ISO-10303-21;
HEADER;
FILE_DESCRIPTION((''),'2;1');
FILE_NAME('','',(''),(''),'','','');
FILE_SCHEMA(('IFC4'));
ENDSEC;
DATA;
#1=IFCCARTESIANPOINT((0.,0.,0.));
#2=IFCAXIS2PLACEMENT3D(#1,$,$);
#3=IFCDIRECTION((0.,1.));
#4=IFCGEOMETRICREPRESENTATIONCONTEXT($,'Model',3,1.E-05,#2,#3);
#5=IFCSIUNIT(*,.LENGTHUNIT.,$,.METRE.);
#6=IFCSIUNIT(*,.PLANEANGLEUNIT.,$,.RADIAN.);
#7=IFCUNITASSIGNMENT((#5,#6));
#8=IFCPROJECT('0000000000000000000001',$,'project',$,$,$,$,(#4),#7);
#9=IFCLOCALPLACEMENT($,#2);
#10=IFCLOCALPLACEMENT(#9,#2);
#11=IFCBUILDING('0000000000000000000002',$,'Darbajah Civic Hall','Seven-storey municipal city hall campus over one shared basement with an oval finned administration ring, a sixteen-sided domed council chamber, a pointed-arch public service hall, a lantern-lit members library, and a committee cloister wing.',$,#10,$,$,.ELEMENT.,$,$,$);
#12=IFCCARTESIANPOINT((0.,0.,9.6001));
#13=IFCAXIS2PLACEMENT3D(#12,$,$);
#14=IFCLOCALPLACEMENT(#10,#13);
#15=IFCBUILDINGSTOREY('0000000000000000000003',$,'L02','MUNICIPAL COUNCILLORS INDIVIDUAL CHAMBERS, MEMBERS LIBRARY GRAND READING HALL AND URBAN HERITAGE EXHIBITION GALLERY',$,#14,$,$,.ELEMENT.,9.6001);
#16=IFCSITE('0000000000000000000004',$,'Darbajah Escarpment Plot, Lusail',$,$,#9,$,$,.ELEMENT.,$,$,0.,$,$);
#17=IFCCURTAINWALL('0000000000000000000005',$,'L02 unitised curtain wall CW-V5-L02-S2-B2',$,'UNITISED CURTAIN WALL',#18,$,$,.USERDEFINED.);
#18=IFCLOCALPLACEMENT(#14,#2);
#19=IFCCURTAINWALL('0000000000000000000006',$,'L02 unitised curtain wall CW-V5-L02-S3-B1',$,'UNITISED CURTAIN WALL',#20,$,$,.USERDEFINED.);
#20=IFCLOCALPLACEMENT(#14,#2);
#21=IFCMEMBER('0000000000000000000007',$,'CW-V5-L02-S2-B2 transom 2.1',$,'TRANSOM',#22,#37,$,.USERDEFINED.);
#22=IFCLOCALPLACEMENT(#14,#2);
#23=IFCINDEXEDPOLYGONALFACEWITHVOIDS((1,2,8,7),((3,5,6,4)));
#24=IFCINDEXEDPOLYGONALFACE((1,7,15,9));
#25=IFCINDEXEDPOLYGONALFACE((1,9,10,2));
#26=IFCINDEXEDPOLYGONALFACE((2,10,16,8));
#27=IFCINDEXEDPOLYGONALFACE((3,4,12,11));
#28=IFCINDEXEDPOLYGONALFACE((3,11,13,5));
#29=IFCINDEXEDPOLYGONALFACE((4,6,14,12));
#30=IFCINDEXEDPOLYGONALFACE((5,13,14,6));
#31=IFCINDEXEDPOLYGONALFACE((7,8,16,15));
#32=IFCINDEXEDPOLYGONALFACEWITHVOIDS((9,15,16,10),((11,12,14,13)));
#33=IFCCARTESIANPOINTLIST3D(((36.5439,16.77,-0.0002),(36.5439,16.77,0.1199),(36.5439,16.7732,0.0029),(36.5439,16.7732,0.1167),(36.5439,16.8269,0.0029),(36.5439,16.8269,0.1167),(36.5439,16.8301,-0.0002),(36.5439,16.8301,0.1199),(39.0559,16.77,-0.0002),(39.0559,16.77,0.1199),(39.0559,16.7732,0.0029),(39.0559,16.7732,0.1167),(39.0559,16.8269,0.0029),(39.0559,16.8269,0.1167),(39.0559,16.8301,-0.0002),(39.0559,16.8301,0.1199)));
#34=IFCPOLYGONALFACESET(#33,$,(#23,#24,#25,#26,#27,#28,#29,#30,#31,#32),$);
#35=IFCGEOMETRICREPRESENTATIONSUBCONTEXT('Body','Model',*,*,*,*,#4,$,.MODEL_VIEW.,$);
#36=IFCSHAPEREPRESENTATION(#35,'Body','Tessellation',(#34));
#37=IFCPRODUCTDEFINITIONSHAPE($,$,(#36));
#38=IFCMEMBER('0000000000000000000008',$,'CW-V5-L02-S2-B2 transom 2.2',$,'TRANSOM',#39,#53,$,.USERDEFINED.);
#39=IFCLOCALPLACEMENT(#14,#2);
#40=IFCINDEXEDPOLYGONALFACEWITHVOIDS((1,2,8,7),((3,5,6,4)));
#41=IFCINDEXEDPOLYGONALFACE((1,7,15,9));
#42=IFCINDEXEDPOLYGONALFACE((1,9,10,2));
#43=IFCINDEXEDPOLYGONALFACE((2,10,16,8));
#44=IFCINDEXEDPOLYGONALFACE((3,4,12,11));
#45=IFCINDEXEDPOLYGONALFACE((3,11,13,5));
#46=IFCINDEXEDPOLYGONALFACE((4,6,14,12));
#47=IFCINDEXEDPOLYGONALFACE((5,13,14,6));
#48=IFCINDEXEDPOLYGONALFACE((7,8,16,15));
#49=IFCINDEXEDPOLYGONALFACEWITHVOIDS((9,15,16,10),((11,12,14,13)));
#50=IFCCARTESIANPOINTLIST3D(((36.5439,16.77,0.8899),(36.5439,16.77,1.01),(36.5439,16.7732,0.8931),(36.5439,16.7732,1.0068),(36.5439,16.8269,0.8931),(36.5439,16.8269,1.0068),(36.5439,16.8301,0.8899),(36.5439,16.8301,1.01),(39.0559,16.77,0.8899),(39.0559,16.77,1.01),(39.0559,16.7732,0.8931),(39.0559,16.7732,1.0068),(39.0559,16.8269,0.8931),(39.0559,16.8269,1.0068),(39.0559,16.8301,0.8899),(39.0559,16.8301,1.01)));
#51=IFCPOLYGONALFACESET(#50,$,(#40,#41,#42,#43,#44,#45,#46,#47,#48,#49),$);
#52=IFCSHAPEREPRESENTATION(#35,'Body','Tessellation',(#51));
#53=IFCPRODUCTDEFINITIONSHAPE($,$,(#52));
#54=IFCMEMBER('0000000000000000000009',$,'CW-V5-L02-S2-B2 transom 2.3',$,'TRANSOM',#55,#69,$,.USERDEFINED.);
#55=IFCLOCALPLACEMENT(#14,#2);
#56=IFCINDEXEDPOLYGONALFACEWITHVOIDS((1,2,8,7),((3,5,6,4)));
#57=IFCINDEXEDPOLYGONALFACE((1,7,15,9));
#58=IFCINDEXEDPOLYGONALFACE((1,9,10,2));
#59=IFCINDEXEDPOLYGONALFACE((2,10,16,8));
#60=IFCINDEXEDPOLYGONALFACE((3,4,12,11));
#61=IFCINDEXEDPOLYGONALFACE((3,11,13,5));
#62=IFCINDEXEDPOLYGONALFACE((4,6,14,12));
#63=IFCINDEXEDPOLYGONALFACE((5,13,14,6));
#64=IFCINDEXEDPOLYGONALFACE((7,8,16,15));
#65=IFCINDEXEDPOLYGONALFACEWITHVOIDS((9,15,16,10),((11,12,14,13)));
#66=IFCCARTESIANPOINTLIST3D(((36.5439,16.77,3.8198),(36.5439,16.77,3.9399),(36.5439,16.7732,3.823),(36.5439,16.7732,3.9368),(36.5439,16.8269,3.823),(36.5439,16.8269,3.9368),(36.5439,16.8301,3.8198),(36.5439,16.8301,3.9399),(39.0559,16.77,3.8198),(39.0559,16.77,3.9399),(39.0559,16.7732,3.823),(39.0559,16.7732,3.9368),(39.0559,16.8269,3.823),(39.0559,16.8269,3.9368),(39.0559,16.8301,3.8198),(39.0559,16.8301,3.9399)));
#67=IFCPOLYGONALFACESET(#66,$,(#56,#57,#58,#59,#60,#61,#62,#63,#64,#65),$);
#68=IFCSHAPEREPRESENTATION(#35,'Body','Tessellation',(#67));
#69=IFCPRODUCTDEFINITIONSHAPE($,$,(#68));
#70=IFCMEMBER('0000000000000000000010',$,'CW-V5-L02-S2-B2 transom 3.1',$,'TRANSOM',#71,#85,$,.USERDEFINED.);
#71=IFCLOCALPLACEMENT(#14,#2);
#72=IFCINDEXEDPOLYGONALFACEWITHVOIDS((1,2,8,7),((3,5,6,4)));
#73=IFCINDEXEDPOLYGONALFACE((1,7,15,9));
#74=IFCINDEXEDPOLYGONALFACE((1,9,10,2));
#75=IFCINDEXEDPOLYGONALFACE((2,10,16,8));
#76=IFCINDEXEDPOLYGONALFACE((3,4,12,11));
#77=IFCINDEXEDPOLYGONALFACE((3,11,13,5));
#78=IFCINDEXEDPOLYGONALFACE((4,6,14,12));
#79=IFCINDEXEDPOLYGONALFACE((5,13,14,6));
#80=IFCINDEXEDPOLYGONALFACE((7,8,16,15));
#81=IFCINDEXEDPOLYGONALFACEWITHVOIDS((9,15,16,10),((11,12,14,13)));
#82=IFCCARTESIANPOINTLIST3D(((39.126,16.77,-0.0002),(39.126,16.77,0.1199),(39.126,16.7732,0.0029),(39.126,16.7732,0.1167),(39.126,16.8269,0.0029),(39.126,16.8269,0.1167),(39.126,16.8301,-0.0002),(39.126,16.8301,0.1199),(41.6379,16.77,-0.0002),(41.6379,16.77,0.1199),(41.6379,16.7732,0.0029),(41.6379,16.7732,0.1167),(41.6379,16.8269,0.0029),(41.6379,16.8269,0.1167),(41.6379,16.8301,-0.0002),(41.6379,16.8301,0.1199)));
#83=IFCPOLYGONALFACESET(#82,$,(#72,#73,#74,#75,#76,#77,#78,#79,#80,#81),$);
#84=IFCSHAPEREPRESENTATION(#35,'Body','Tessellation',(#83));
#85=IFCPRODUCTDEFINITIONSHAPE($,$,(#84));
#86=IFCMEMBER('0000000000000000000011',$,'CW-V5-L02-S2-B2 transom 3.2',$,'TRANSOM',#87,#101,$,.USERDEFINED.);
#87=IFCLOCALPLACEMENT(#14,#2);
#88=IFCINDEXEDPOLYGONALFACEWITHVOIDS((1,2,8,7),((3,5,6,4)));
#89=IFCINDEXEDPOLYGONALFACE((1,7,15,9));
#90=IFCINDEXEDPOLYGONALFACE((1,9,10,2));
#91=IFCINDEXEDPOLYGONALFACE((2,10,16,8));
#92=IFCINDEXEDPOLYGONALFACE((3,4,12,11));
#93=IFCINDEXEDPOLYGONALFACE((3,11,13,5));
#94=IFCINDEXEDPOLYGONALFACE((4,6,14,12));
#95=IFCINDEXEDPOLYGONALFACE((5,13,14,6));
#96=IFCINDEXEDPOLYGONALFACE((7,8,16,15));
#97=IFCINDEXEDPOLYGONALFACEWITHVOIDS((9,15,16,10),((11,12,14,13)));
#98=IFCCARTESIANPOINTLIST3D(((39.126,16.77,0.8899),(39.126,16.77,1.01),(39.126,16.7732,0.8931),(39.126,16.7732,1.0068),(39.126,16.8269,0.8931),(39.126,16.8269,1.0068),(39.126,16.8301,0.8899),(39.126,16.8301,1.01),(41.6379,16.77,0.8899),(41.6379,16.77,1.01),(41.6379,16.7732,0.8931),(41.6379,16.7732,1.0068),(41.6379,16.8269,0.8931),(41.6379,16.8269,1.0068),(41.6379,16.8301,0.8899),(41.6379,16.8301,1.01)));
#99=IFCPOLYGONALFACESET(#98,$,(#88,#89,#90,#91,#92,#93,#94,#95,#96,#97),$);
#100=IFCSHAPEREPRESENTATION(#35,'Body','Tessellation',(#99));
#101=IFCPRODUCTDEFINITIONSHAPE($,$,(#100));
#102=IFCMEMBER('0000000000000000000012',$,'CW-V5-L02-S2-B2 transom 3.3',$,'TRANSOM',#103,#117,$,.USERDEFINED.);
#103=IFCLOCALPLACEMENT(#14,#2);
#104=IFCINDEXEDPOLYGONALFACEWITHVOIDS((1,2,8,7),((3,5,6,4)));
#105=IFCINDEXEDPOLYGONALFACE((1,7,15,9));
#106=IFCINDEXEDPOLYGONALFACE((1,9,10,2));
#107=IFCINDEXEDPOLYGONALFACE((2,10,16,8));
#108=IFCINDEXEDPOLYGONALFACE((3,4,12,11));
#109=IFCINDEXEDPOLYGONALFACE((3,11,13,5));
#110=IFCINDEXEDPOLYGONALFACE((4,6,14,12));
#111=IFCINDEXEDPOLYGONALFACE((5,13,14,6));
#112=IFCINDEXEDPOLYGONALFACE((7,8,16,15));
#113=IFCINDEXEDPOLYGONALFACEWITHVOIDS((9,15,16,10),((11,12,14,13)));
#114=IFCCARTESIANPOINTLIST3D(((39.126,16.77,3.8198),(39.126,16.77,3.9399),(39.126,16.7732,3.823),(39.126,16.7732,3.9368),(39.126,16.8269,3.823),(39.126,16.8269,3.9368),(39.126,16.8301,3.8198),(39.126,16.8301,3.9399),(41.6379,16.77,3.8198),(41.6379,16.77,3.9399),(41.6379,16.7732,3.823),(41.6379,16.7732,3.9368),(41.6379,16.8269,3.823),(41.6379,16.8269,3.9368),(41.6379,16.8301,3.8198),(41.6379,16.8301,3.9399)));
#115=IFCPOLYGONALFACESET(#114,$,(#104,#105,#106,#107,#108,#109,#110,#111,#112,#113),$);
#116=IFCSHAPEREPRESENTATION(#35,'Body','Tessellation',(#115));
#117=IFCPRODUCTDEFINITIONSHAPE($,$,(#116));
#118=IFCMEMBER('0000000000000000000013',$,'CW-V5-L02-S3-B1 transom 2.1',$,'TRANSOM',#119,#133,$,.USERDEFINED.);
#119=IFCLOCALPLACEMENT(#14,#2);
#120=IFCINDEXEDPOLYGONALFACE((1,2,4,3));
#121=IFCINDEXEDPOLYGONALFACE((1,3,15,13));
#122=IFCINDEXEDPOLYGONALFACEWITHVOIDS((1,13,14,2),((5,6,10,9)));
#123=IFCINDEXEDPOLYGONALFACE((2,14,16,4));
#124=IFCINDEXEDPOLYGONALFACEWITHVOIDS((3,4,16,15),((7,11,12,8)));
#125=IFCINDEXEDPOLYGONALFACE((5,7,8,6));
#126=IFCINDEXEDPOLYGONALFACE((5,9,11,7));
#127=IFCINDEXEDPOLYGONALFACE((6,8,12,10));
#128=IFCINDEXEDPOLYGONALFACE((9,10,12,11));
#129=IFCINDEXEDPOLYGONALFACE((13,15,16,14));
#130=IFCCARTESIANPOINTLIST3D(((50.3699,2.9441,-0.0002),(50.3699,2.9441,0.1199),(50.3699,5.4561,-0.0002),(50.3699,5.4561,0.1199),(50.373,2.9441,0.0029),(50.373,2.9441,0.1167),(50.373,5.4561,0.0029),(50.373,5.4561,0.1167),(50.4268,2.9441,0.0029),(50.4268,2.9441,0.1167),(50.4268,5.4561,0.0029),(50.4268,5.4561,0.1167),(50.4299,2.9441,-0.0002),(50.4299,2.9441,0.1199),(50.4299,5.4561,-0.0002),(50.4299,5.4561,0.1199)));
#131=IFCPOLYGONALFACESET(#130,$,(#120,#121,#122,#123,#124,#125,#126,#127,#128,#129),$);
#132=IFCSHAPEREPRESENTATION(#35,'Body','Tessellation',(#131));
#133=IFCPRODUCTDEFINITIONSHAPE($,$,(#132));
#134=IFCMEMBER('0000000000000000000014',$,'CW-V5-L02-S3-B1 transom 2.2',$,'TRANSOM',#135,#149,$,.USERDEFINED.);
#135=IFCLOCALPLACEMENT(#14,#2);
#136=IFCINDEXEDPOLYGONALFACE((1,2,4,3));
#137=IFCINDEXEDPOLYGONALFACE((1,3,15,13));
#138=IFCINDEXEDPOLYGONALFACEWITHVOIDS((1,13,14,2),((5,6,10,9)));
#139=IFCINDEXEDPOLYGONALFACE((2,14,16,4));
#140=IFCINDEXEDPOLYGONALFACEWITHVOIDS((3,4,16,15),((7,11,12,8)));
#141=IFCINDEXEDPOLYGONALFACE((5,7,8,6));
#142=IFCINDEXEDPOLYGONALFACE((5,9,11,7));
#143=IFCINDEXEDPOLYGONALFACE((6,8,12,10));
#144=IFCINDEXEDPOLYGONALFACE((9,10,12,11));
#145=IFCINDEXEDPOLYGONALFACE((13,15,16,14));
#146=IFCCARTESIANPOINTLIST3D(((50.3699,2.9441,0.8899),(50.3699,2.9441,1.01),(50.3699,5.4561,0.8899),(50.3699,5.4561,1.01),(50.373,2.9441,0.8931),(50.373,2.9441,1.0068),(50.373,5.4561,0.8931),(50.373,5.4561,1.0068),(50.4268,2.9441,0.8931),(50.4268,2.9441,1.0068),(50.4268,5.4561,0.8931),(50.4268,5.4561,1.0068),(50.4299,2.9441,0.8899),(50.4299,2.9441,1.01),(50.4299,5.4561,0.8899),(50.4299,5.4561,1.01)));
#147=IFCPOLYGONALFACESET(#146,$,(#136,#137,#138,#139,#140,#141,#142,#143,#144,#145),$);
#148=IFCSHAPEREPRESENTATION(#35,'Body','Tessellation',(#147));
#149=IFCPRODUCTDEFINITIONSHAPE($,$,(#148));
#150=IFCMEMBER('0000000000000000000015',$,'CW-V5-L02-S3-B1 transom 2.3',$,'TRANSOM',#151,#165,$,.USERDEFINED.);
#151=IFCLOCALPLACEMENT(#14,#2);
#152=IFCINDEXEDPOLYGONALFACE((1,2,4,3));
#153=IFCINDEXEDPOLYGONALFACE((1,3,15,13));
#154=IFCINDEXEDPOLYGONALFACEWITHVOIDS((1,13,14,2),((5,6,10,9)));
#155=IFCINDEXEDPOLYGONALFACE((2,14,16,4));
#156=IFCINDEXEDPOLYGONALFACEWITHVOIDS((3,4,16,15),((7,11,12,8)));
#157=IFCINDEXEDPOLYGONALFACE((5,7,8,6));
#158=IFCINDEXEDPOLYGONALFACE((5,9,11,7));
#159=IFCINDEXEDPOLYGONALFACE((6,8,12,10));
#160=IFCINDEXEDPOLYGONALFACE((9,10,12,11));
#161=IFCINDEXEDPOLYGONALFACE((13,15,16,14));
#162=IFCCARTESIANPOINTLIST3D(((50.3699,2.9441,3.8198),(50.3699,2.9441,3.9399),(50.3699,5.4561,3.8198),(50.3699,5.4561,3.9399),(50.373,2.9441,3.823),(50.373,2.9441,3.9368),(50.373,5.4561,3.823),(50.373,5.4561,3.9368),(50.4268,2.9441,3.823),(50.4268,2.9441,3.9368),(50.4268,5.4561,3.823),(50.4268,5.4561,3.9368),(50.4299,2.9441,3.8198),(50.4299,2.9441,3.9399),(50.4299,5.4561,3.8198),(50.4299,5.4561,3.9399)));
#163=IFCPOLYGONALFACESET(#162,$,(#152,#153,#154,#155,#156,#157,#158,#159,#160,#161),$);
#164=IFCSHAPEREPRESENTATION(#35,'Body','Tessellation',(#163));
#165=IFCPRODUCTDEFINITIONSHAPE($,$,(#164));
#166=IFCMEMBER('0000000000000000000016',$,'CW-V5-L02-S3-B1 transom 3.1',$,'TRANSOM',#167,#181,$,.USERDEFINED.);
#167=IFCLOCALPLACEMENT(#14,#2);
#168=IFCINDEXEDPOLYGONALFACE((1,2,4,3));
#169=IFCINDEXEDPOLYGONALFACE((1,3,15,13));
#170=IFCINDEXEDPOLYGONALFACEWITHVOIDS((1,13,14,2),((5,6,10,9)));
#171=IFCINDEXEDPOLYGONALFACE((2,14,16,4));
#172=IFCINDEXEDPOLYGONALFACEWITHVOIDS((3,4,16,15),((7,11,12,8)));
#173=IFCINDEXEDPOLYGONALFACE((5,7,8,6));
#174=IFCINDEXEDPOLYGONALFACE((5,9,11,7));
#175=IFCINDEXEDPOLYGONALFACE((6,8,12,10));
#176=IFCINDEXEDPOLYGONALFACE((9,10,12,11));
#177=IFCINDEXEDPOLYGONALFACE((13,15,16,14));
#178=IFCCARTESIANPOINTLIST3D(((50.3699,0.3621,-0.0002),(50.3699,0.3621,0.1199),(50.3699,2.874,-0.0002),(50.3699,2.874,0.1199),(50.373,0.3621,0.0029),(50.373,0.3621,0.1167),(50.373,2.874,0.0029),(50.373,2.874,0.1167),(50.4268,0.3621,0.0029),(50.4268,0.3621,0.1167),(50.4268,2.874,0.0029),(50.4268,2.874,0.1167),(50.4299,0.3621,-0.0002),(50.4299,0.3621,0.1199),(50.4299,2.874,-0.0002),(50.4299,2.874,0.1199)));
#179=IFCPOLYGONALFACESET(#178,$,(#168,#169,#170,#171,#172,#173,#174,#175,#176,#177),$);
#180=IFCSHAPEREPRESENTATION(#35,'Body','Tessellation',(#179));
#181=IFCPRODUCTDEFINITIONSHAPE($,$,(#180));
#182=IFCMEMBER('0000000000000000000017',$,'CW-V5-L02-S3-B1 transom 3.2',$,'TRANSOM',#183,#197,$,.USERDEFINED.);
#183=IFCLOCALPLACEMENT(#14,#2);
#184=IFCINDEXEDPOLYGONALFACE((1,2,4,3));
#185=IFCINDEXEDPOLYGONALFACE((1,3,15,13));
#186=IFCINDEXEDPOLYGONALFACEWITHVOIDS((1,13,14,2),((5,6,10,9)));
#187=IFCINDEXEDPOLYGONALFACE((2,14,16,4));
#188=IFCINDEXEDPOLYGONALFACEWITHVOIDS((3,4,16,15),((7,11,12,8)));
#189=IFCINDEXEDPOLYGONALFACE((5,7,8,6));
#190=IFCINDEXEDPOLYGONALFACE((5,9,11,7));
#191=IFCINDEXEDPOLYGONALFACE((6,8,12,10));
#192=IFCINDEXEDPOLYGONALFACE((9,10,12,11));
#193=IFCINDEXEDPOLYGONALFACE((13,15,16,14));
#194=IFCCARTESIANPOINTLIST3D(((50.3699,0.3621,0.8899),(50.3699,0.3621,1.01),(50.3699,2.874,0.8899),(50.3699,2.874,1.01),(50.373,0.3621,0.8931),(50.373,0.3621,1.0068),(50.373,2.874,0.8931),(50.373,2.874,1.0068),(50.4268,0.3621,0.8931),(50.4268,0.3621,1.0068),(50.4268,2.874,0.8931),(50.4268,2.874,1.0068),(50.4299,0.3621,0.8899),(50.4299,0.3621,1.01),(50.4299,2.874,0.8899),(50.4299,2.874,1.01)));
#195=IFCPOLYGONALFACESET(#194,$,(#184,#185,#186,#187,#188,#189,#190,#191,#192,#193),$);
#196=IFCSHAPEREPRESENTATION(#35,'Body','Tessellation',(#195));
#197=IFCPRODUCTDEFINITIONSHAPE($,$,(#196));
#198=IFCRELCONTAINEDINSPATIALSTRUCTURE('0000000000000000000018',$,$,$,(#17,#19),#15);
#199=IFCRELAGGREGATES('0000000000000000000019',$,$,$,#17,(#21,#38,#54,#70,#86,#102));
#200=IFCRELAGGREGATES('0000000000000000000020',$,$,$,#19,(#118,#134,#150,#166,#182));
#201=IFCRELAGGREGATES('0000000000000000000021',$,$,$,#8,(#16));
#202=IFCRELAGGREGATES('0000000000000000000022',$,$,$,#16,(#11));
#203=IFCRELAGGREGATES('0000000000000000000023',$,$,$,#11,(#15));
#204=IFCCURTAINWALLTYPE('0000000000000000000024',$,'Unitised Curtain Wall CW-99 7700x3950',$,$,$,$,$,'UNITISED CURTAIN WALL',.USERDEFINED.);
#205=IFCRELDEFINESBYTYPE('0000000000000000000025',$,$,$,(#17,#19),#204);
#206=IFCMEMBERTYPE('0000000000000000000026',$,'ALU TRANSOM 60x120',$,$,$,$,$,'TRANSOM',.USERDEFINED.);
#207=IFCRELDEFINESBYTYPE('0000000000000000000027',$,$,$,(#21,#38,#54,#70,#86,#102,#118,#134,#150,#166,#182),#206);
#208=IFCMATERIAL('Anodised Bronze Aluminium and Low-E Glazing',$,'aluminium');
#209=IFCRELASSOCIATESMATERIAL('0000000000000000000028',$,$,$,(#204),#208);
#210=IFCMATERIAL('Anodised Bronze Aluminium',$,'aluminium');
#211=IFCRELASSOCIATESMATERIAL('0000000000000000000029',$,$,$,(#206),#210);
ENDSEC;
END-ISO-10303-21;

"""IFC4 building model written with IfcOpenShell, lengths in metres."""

from ifc_helpers import new_model, si_unit, direction, frame, origin, origin_2d, place, context, subcontext, project, spatial, hollow_rectangle, extrude, material, material_profile, profile_set, type_object, element, aggregate, save


model = new_model("IFC4")

# Units and contexts
model_context = context("Model", 3, precision=1e-05, world=origin(), true_north=direction((0.0, 1.0)))
body_context = subcontext(model_context, "Body", "Model", "MODEL_VIEW")
ifc_project = project(units=[si_unit("LENGTHUNIT", "METRE"), si_unit("PLANEANGLEUNIT", "RADIAN")], contexts=[model_context])

# Site, building, storey
site_placement = place(None, origin())
site = spatial("IfcSite", under=ifc_project, at=site_placement, Name="Darbajah Escarpment Plot, Lusail", CompositionType="ELEMENT", RefElevation=0.0)
building_placement = place(site_placement, origin())
building = spatial("IfcBuilding", under=site, at=building_placement, Name="Darbajah Civic Hall", Description="Seven-storey municipal city hall campus over one shared basement with an oval finned administration ring, a sixteen-sided domed council chamber, a pointed-arch public service hall, a lantern-lit members library, and a committee cloister wing.", CompositionType="ELEMENT")
storey_placement = place(building_placement, frame((0.0, 0.0, 9.6001)))
storey = spatial("IfcBuildingStorey", under=building, at=storey_placement, Name="L02", Description="MUNICIPAL COUNCILLORS INDIVIDUAL CHAMBERS, MEMBERS LIBRARY GRAND READING HALL AND URBAN HERITAGE EXHIBITION GALLERY", CompositionType="ELEMENT", Elevation=9.6001)

# Curtain walls
ifc_material_1 = material(Name="Anodised Bronze Aluminium and Low-E Glazing", Category="aluminium")
curtain_wall_type = type_object("IfcCurtainWallType", Name="Unitised Curtain Wall CW-99 7700x3950", ElementType="UNITISED CURTAIN WALL", PredefinedType="USERDEFINED", material=ifc_material_1)
curtain_wall_1_placement = place(storey_placement, origin())
curtain_wall_1 = element("IfcCurtainWall", 1, at=curtain_wall_1_placement, inside=storey, type_object=curtain_wall_type, Name="L02 unitised curtain wall CW-V5-L02-S2-B2", ObjectType="UNITISED CURTAIN WALL", PredefinedType="USERDEFINED")
ifc_material_2 = material(Name="Anodised Bronze Aluminium", Category="aluminium")
curtain_wall_2_placement = place(storey_placement, origin())
curtain_wall_2 = element("IfcCurtainWall", 2, at=curtain_wall_2_placement, inside=storey, type_object=curtain_wall_type, Name="L02 unitised curtain wall CW-V5-L02-S3-B1", ObjectType="UNITISED CURTAIN WALL", PredefinedType="USERDEFINED")

# Members
ifc_material_profile_1 = material_profile(ifc_material_2, hollow_rectangle(XDim=0.0601, YDim=0.1201, WallThickness=0.0032, at=origin_2d()), Name="ALU TRANSOM 60x120")
ifc_profile_set_1 = profile_set([ifc_material_profile_1], Name="Anodised Bronze Aluminium")
member_type_1 = type_object("IfcMemberType", Name="ALU TRANSOM 60x120", ElementType="TRANSOM", PredefinedType="USERDEFINED", material=ifc_profile_set_1)
member_1_placement = place(storey_placement, frame((36.5439, 16.8, 0.0598), z_axis=(1.0, 0.0, 0.0), x_axis=(0.0, 1.0, 0.0)))
member_1 = element("IfcMember", 3, at=member_1_placement, type_object=member_type_1, Name="CW-V5-L02-S2-B2 transom 2.1", ObjectType="TRANSOM", PredefinedType="USERDEFINED", context=body_context, shape_type="SweptSolid", body=[
    extrude(hollow_rectangle(XDim=0.0601, YDim=0.1201, WallThickness=0.0032, at=origin_2d()), origin(), (0.0, 0.0, 1.0), 2.512),
])
member_2_placement = place(storey_placement, frame((36.5439, 16.8, 0.95), z_axis=(1.0, 0.0, 0.0), x_axis=(0.0, 1.0, 0.0)))
member_2 = element("IfcMember", 4, at=member_2_placement, type_object=member_type_1, Name="CW-V5-L02-S2-B2 transom 2.2", ObjectType="TRANSOM", PredefinedType="USERDEFINED", context=body_context, shape_type="SweptSolid", body=[
    extrude(hollow_rectangle(XDim=0.0601, YDim=0.1201, WallThickness=0.0032, at=origin_2d()), origin(), (0.0, 0.0, 1.0), 2.512),
])
member_3_placement = place(storey_placement, frame((36.5439, 16.8, 3.8799), z_axis=(1.0, 0.0, 0.0), x_axis=(0.0, 1.0, 0.0)))
member_3 = element("IfcMember", 5, at=member_3_placement, type_object=member_type_1, Name="CW-V5-L02-S2-B2 transom 2.3", ObjectType="TRANSOM", PredefinedType="USERDEFINED", context=body_context, shape_type="SweptSolid", body=[
    extrude(hollow_rectangle(XDim=0.0601, YDim=0.1201, WallThickness=0.0032, at=origin_2d()), origin(), (0.0, 0.0, 1.0), 2.512),
])
member_4_placement = place(storey_placement, frame((39.126, 16.8, 0.0598), z_axis=(1.0, 0.0, 0.0), x_axis=(0.0, 1.0, 0.0)))
member_4 = element("IfcMember", 6, at=member_4_placement, type_object=member_type_1, Name="CW-V5-L02-S2-B2 transom 3.1", ObjectType="TRANSOM", PredefinedType="USERDEFINED", context=body_context, shape_type="SweptSolid", body=[
    extrude(hollow_rectangle(XDim=0.0601, YDim=0.1201, WallThickness=0.0032, at=origin_2d()), origin(), (0.0, 0.0, 1.0), 2.512),
])
member_5_placement = place(storey_placement, frame((39.126, 16.8, 0.95), z_axis=(1.0, 0.0, 0.0), x_axis=(0.0, 1.0, 0.0)))
member_5 = element("IfcMember", 7, at=member_5_placement, type_object=member_type_1, Name="CW-V5-L02-S2-B2 transom 3.2", ObjectType="TRANSOM", PredefinedType="USERDEFINED", context=body_context, shape_type="SweptSolid", body=[
    extrude(hollow_rectangle(XDim=0.0601, YDim=0.1201, WallThickness=0.0032, at=origin_2d()), origin(), (0.0, 0.0, 1.0), 2.512),
])
member_6_placement = place(storey_placement, frame((39.126, 16.8, 3.8799), z_axis=(1.0, 0.0, 0.0), x_axis=(0.0, 1.0, 0.0)))
member_6 = element("IfcMember", 8, at=member_6_placement, type_object=member_type_1, Name="CW-V5-L02-S2-B2 transom 3.3", ObjectType="TRANSOM", PredefinedType="USERDEFINED", context=body_context, shape_type="SweptSolid", body=[
    extrude(hollow_rectangle(XDim=0.0601, YDim=0.1201, WallThickness=0.0032, at=origin_2d()), origin(), (0.0, 0.0, 1.0), 2.512),
])
member_7_placement = place(storey_placement, frame((50.3999, 5.4561, 0.0598), z_axis=(0.0, -1.0, 0.0), x_axis=(1.0, 0.0, 0.0)))
member_7 = element("IfcMember", 9, at=member_7_placement, type_object=member_type_1, Name="CW-V5-L02-S3-B1 transom 2.1", ObjectType="TRANSOM", PredefinedType="USERDEFINED", context=body_context, shape_type="SweptSolid", body=[
    extrude(hollow_rectangle(XDim=0.0601, YDim=0.1201, WallThickness=0.0032, at=origin_2d()), origin(), (0.0, 0.0, 1.0), 2.512),
])
member_8_placement = place(storey_placement, frame((50.3999, 5.4561, 0.95), z_axis=(0.0, -1.0, 0.0), x_axis=(1.0, 0.0, 0.0)))
member_8 = element("IfcMember", 10, at=member_8_placement, type_object=member_type_1, Name="CW-V5-L02-S3-B1 transom 2.2", ObjectType="TRANSOM", PredefinedType="USERDEFINED", context=body_context, shape_type="SweptSolid", body=[
    extrude(hollow_rectangle(XDim=0.0601, YDim=0.1201, WallThickness=0.0032, at=origin_2d()), origin(), (0.0, 0.0, 1.0), 2.512),
])
member_9_placement = place(storey_placement, frame((50.3999, 5.4561, 3.8799), z_axis=(0.0, -1.0, 0.0), x_axis=(1.0, 0.0, 0.0)))
member_9 = element("IfcMember", 11, at=member_9_placement, type_object=member_type_1, Name="CW-V5-L02-S3-B1 transom 2.3", ObjectType="TRANSOM", PredefinedType="USERDEFINED", context=body_context, shape_type="SweptSolid", body=[
    extrude(hollow_rectangle(XDim=0.0601, YDim=0.1201, WallThickness=0.0032, at=origin_2d()), origin(), (0.0, 0.0, 1.0), 2.512),
])
member_10_placement = place(storey_placement, frame((50.3999, 2.874, 0.0598), z_axis=(0.0, -1.0, 0.0), x_axis=(1.0, 0.0, 0.0)))
member_10 = element("IfcMember", 12, at=member_10_placement, type_object=member_type_1, Name="CW-V5-L02-S3-B1 transom 3.1", ObjectType="TRANSOM", PredefinedType="USERDEFINED", context=body_context, shape_type="SweptSolid", body=[
    extrude(hollow_rectangle(XDim=0.0601, YDim=0.1201, WallThickness=0.0032, at=origin_2d()), origin(), (0.0, 0.0, 1.0), 2.512),
])
member_11_placement = place(storey_placement, frame((50.3999, 2.874, 0.95), z_axis=(0.0, -1.0, 0.0), x_axis=(1.0, 0.0, 0.0)))
member_11 = element("IfcMember", 13, at=member_11_placement, type_object=member_type_1, Name="CW-V5-L02-S3-B1 transom 3.2", ObjectType="TRANSOM", PredefinedType="USERDEFINED", context=body_context, shape_type="SweptSolid", body=[
    extrude(hollow_rectangle(XDim=0.0601, YDim=0.1201, WallThickness=0.0032, at=origin_2d()), origin(), (0.0, 0.0, 1.0), 2.512),
])

aggregate(curtain_wall_1, [member_1, member_2, member_3, member_4, member_5, member_6])
aggregate(curtain_wall_2, [member_7, member_8, member_9, member_10, member_11])

save(model, "model.ifc")
